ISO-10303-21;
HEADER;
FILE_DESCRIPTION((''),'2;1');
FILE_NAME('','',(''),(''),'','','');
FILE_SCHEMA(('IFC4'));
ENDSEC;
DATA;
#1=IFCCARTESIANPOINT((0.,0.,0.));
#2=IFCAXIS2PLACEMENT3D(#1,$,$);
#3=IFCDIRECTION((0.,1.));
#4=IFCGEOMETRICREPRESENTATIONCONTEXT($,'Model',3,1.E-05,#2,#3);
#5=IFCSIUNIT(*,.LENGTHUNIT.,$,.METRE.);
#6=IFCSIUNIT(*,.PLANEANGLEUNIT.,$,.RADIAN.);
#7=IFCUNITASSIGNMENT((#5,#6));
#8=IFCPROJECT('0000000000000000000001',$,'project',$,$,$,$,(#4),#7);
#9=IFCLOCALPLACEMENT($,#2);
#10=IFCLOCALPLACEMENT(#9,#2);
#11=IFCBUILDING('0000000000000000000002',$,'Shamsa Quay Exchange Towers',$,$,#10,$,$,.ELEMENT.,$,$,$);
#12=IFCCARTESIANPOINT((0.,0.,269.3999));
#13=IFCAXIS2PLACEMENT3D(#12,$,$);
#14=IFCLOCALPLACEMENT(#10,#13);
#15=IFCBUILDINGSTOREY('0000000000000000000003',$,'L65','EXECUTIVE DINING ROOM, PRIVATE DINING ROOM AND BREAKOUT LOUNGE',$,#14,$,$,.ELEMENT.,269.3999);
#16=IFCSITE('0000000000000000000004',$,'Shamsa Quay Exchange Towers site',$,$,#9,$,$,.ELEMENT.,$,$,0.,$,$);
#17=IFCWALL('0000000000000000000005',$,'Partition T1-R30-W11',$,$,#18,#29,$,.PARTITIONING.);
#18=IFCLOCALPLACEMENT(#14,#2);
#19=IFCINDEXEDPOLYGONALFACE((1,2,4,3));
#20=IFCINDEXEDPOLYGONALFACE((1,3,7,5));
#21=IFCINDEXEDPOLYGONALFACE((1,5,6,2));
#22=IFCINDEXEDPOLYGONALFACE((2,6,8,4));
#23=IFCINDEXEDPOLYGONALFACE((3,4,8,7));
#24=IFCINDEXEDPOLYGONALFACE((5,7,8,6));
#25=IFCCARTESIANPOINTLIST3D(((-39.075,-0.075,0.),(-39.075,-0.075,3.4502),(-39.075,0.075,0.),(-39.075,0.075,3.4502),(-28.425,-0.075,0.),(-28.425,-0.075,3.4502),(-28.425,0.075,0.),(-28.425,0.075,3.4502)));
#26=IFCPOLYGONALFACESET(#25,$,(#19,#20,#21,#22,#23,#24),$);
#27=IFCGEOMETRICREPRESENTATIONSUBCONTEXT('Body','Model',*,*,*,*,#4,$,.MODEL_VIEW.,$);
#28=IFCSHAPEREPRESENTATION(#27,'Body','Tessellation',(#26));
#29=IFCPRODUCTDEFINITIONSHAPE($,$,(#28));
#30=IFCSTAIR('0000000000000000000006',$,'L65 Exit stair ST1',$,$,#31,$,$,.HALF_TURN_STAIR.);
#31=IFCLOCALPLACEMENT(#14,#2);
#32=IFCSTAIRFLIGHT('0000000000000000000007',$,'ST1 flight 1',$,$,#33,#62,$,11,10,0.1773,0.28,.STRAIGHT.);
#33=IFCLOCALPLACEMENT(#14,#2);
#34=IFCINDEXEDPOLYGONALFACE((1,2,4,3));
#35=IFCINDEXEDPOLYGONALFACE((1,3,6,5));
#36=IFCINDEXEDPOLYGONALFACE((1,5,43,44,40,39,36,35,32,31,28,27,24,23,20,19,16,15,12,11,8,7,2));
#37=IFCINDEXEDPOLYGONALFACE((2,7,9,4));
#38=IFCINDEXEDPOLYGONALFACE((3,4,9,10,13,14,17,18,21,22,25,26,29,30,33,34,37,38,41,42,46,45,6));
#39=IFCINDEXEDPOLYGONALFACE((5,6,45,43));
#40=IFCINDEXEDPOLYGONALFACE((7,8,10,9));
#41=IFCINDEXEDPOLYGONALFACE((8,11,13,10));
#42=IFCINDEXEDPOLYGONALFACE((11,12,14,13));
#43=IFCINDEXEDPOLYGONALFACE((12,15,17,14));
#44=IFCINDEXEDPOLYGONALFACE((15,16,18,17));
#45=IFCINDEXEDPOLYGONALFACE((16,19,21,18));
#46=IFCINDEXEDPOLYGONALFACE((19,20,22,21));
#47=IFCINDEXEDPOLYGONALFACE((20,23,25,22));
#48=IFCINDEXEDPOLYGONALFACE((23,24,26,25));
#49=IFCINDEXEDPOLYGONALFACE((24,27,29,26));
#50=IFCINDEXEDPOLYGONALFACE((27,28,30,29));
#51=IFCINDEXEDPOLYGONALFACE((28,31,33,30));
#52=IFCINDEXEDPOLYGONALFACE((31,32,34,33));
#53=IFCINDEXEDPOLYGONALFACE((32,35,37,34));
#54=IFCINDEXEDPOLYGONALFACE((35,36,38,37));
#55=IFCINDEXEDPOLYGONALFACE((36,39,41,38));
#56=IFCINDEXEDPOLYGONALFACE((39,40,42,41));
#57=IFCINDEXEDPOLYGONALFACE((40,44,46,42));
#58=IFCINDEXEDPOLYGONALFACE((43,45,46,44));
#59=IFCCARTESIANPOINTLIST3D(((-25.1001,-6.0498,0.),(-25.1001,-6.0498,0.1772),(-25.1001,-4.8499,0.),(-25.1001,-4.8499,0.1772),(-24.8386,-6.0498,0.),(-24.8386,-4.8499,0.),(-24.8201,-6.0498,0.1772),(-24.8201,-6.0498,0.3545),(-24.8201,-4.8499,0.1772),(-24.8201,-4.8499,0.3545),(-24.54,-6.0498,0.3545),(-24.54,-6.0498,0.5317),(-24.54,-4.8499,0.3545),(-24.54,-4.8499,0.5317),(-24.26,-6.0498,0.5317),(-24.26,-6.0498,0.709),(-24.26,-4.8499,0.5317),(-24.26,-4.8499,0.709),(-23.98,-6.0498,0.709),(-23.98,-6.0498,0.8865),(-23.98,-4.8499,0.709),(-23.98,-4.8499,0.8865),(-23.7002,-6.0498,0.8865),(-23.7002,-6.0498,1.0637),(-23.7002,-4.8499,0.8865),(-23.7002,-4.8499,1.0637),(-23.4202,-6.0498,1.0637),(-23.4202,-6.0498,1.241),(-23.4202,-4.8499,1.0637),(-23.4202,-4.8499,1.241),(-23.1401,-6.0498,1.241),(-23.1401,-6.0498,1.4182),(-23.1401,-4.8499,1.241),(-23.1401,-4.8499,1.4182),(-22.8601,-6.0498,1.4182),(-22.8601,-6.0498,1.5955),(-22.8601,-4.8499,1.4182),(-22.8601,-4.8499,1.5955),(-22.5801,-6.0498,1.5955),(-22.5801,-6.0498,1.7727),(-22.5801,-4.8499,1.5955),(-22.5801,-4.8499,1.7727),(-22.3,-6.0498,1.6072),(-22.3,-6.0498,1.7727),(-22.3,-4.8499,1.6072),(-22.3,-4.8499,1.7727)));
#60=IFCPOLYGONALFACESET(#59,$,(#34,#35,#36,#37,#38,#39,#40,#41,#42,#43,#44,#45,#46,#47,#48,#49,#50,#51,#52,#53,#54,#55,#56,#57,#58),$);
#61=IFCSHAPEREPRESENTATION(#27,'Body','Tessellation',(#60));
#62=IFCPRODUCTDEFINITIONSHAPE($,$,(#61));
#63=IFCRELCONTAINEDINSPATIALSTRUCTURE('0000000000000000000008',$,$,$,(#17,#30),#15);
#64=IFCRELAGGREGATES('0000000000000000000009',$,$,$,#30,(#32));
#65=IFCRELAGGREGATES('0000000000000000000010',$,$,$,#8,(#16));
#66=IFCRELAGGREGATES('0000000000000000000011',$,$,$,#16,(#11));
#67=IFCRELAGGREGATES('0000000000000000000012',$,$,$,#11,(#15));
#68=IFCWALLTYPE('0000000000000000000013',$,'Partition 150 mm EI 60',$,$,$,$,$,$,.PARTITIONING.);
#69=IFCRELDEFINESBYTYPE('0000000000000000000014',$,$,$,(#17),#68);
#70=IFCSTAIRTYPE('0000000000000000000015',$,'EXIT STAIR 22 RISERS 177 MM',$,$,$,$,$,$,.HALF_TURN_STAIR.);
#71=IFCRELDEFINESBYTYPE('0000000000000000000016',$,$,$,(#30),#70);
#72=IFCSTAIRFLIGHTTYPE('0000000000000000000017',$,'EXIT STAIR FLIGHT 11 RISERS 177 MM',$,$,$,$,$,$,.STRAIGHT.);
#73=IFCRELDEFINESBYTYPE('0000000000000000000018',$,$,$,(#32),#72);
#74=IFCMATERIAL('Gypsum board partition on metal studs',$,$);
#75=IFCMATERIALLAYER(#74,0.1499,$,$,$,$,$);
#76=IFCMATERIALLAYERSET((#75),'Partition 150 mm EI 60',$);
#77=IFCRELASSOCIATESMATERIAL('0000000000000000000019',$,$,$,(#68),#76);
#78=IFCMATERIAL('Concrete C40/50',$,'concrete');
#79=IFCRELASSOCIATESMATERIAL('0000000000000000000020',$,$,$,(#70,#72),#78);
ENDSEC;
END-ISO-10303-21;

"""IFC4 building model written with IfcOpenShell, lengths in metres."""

from ifc_helpers import new_model, si_unit, direction, frame, frame_2d, origin, place, context, subcontext, project, spatial, polyline, rectangle, outline, extrude, material, layer, layer_set, type_object, element, aggregate, save


model = new_model("IFC4")

# Units and contexts
model_context = context("Model", 3, precision=1e-05, world=origin(), true_north=direction((0.0, 1.0)))
body_context = subcontext(model_context, "Body", "Model", "MODEL_VIEW")
ifc_project = project(units=[si_unit("LENGTHUNIT", "METRE"), si_unit("PLANEANGLEUNIT", "RADIAN")], contexts=[model_context])

# Site, building, storey
site_placement = place(None, origin())
site = spatial("IfcSite", under=ifc_project, at=site_placement, Name="Shamsa Quay Exchange Towers site", CompositionType="ELEMENT", RefElevation=0.0)
building_placement = place(site_placement, origin())
building = spatial("IfcBuilding", under=site, at=building_placement, Name="Shamsa Quay Exchange Towers", CompositionType="ELEMENT")
storey_placement = place(building_placement, frame((0.0, 0.0, 269.3999)))
storey = spatial("IfcBuildingStorey", under=building, at=storey_placement, Name="L65", Description="EXECUTIVE DINING ROOM, PRIVATE DINING ROOM AND BREAKOUT LOUNGE", CompositionType="ELEMENT", Elevation=269.3999)

# Wall
ifc_material_1 = material(Name="Gypsum board partition on metal studs")
ifc_layer_1 = layer(ifc_material_1, 0.1499)
ifc_layer_set_1 = layer_set([ifc_layer_1], Name="Partition 150 mm EI 60")
wall_type_1 = type_object("IfcWallType", Name="Partition 150 mm EI 60", PredefinedType="PARTITIONING", material=ifc_layer_set_1)
wall_1_placement = place(storey_placement, frame((-28.425, 0.0, 0.0), z_axis=(0.0, 0.0, 1.0), x_axis=(-1.0, 0.0, 0.0)))
element("IfcWall", 1, at=wall_1_placement, inside=storey, type_object=wall_type_1, Name="Partition T1-R30-W11", PredefinedType="PARTITIONING", context=body_context, shape_type="SweptSolid", body=[
    extrude(rectangle(XDim=10.6499, YDim=0.1499, at=frame_2d((5.325, 0.0))), origin(), (0.0, 0.0, 1.0), 3.4502),
])

# Stair, stair flight
ifc_material_2 = material(Name="Concrete C40/50", Category="concrete")
stair_type = type_object("IfcStairType", Name="EXIT STAIR 22 RISERS 177 MM", PredefinedType="HALF_TURN_STAIR", material=ifc_material_2)
stair_placement = place(storey_placement, origin())
stair = element("IfcStair", 2, at=stair_placement, inside=storey, type_object=stair_type, Name="L65 Exit stair ST1", PredefinedType="HALF_TURN_STAIR")
stair_flight_type = type_object("IfcStairFlightType", Name="EXIT STAIR FLIGHT 11 RISERS 177 MM", PredefinedType="STRAIGHT", material=ifc_material_2)
stair_flight_placement = place(storey_placement, frame((-25.1001, -5.45, 0.0)))
stair_flight = element("IfcStairFlight", 3, at=stair_flight_placement, type_object=stair_flight_type, Name="ST1 flight 1", NumberOfRisers=11, NumberOfTreads=10, PredefinedType="STRAIGHT", RiserHeight=0.1773, TreadLength=0.28, context=body_context, shape_type="SweptSolid", body=[
    extrude(outline(polyline([(0.0, 0.0), (0.0, 0.1772), (0.28, 0.1772), (0.28, 0.3545), (0.5601, 0.3545), (0.5601, 0.5317), (0.8401, 0.5317), (0.8401, 0.709), (1.1201, 0.709), (1.1201, 0.8865), (1.3999, 0.8865), (1.3999, 1.0637), (1.6799, 1.0637), (1.6799, 1.241), (1.96, 1.241), (1.96, 1.4182), (2.24, 1.4182), (2.24, 1.5955), (2.52, 1.5955), (2.52, 1.7727), (2.8, 1.7727), (2.8, 1.95), (2.8, 1.6072), (0.2615, 0.0), (0.0, 0.0)])), frame((0.0, 0.6001, 0.0), z_axis=(0.0, -1.0, 0.0), x_axis=(1.0, 0.0, 0.0)), (0.0, 0.0, 1.0), 1.2),
])
aggregate(stair, [stair_flight])

save(model, "model.ifc")
